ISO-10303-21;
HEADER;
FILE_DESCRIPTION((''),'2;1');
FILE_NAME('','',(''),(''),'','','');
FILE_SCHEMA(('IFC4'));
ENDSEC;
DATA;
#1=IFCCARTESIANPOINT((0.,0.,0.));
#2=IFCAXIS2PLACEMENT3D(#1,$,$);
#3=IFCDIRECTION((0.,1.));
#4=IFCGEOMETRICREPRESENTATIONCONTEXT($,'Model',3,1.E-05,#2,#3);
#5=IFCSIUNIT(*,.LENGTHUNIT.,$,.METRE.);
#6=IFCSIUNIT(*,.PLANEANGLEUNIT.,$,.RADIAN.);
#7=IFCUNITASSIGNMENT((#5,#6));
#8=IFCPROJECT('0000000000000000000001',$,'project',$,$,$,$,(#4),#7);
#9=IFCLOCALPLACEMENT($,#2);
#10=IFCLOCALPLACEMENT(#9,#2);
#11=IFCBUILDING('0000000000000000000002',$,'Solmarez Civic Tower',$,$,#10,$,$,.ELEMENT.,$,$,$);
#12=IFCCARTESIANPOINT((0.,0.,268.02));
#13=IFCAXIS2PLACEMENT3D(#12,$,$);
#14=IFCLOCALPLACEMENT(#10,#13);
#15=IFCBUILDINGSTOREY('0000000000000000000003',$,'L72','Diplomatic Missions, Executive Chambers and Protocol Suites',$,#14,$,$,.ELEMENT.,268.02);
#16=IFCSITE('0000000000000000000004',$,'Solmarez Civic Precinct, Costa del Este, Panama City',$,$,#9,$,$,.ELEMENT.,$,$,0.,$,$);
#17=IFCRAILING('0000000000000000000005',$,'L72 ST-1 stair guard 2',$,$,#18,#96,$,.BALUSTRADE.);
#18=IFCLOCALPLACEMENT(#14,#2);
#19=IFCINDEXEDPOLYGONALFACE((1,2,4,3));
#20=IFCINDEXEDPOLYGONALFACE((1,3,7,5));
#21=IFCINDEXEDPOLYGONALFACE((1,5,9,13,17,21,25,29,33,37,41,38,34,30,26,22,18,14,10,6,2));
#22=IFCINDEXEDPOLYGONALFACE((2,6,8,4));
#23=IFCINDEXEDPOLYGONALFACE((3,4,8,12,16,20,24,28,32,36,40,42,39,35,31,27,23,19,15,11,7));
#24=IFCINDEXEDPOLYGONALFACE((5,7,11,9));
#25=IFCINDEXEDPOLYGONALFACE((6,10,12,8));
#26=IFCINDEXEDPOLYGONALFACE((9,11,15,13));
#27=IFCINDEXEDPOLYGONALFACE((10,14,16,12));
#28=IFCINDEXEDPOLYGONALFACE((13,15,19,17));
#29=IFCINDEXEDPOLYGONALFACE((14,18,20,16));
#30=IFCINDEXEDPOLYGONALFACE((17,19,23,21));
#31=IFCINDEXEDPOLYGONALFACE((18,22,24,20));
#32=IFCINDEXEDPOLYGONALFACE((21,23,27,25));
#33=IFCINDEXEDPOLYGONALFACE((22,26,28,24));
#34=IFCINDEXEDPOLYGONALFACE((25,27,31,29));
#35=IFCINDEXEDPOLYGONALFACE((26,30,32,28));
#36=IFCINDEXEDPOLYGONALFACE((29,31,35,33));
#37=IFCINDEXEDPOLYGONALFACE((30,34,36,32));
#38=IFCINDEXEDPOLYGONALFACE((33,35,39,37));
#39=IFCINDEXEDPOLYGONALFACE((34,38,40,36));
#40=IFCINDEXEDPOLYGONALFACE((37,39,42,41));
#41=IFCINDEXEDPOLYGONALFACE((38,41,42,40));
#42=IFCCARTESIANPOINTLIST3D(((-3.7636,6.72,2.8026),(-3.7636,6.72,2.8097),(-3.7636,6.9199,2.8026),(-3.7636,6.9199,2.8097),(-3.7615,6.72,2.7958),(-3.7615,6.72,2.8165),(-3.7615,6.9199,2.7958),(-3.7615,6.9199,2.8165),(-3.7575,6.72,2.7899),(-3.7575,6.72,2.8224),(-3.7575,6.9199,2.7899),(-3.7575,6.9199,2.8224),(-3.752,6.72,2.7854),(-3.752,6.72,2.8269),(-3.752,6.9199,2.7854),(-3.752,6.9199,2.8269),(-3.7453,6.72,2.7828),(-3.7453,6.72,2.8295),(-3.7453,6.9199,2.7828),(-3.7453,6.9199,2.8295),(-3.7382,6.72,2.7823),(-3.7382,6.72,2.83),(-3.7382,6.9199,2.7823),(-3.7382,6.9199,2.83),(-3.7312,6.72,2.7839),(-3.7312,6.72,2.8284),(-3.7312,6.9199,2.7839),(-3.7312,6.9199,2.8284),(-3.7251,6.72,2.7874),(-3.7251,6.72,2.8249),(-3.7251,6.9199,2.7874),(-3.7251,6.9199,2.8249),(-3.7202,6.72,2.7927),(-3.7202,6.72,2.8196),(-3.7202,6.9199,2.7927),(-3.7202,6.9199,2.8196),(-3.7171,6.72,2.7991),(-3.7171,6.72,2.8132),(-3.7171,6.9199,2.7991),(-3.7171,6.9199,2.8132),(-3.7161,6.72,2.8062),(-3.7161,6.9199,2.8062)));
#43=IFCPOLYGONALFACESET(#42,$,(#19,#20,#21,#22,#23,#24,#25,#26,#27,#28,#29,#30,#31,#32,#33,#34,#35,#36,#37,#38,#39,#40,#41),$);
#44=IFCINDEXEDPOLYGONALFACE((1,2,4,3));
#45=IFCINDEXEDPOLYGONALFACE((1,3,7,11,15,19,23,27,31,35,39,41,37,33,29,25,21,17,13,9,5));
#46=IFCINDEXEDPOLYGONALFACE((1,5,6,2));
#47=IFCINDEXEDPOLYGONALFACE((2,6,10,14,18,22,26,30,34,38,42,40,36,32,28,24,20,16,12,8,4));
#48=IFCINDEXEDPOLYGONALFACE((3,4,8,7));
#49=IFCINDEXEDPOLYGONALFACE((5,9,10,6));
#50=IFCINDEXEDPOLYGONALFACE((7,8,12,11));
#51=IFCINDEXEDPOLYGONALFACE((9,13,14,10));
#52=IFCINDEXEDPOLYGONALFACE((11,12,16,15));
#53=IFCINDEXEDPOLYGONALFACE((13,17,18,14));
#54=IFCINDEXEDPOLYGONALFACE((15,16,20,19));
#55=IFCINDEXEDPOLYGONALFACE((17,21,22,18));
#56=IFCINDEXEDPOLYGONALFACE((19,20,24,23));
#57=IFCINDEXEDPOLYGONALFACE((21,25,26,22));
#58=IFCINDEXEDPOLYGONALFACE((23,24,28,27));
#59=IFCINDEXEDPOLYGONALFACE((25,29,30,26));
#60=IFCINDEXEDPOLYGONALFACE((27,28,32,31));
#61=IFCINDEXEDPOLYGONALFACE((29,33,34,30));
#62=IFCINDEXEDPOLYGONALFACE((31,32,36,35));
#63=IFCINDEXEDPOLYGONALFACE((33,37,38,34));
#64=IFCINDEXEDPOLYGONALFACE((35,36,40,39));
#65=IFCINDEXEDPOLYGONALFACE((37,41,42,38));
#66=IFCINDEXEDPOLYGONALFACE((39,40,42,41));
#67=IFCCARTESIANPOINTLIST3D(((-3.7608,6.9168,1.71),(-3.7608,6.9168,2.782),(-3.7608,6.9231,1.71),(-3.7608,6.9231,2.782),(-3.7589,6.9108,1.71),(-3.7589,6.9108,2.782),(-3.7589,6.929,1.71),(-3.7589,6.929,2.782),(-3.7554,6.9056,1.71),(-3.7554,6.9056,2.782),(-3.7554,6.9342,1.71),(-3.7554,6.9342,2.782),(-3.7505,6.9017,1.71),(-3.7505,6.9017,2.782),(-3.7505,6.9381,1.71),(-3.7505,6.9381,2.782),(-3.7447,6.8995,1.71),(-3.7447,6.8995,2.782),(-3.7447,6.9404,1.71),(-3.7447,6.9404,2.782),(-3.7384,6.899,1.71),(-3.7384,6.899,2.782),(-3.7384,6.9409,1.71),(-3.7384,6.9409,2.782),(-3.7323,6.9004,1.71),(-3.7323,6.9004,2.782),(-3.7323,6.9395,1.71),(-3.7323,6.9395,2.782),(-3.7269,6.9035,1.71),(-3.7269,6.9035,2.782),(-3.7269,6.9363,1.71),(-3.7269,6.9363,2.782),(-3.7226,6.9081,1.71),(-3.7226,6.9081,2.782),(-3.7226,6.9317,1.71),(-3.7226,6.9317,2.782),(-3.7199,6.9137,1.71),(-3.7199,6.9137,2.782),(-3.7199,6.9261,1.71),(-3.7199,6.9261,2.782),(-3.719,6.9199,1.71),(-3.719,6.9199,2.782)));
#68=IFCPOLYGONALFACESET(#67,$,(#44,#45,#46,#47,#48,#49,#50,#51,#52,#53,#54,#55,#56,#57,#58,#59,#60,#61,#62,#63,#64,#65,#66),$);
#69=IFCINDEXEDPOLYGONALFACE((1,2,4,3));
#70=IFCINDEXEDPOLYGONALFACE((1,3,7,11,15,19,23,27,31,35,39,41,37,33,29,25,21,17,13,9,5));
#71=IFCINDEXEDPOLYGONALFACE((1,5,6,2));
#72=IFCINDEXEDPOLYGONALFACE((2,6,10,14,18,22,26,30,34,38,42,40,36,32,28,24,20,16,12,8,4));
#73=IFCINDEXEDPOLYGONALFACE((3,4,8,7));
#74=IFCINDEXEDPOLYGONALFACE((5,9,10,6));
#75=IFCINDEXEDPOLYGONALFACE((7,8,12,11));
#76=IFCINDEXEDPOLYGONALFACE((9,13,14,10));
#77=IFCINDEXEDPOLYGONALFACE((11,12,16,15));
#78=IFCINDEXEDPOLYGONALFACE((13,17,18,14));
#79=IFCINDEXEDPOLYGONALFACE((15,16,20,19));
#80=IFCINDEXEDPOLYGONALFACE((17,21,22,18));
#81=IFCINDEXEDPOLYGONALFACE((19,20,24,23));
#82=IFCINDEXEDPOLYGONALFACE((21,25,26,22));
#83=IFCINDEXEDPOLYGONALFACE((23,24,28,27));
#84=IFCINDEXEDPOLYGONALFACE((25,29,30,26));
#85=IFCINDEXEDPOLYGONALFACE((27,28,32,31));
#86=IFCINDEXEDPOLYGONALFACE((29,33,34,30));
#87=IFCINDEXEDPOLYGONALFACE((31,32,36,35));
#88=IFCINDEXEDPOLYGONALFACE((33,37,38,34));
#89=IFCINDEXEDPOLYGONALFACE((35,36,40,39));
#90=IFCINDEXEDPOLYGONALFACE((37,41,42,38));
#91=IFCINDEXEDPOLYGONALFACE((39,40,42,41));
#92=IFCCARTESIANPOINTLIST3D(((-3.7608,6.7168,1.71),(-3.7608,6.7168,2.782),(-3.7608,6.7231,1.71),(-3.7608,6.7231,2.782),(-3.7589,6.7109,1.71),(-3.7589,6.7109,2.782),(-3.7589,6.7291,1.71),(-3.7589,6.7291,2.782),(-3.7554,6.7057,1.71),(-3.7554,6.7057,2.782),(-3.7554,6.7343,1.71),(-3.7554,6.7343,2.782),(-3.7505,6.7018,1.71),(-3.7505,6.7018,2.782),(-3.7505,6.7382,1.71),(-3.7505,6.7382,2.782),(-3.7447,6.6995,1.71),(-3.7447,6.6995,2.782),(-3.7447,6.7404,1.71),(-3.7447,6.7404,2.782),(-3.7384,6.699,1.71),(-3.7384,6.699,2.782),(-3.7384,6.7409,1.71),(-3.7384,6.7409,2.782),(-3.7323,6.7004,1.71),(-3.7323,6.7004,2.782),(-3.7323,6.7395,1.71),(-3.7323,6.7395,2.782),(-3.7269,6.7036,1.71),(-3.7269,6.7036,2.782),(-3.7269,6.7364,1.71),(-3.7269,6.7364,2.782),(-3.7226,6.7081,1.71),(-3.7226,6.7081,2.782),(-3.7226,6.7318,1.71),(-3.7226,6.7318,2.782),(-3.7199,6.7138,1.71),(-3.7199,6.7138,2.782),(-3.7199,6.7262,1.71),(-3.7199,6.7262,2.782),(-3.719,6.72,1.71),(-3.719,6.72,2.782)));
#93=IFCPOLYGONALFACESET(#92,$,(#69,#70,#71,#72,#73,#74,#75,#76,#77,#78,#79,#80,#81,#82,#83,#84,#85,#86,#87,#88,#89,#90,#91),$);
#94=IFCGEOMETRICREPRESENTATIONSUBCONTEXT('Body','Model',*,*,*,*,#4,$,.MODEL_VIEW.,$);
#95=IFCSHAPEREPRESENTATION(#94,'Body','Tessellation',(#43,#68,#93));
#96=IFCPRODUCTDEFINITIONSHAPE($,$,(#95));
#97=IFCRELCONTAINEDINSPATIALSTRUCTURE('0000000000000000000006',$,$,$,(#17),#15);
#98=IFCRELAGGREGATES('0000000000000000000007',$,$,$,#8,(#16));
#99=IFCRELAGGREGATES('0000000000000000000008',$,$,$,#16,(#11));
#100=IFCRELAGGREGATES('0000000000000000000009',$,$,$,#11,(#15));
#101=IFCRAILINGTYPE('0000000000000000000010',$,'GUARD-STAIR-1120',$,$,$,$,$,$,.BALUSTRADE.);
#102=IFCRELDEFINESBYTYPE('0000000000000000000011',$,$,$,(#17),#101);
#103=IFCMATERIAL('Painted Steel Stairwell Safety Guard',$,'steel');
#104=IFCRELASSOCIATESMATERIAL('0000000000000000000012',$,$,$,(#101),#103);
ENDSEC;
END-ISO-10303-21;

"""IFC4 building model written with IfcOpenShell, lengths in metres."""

from ifc_helpers import new_model, si_unit, direction, frame, origin, origin_2d, place, context, subcontext, project, spatial, circle, extrude, material, type_object, element, save


model = new_model("IFC4")

# Units and contexts
model_context = context("Model", 3, precision=1e-05, world=origin(), true_north=direction((0.0, 1.0)))
body_context = subcontext(model_context, "Body", "Model", "MODEL_VIEW")
ifc_project = project(units=[si_unit("LENGTHUNIT", "METRE"), si_unit("PLANEANGLEUNIT", "RADIAN")], contexts=[model_context])

# Site, building, storey
site_placement = place(None, origin())
site = spatial("IfcSite", under=ifc_project, at=site_placement, Name="Solmarez Civic Precinct, Costa del Este, Panama City", CompositionType="ELEMENT", RefElevation=0.0)
building_placement = place(site_placement, origin())
building = spatial("IfcBuilding", under=site, at=building_placement, Name="Solmarez Civic Tower", CompositionType="ELEMENT")
storey_placement = place(building_placement, frame((0.0, 0.0, 268.02)))
storey = spatial("IfcBuildingStorey", under=building, at=storey_placement, Name="L72", Description="Diplomatic Missions, Executive Chambers and Protocol Suites", CompositionType="ELEMENT", Elevation=268.02)

# Railing
ifc_material_1 = material(Name="Painted Steel Stairwell Safety Guard", Category="steel")
railing_type_1 = type_object("IfcRailingType", Name="GUARD-STAIR-1120", PredefinedType="BALUSTRADE", material=ifc_material_1)
railing_1_placement = place(storey_placement, frame((-3.74, 6.9199, 1.71)))
element("IfcRailing", 1, at=railing_1_placement, inside=storey, type_object=railing_type_1, Name="L72 ST-1 stair guard 2", PredefinedType="BALUSTRADE", context=body_context, shape_type="SweptSolid", body=[
    extrude(circle(Radius=0.0239, at=origin_2d()), frame((0.0, 0.0, 1.0962), z_axis=(0.0, -1.0, 0.0), x_axis=(1.0, 0.0, 0.0)), (0.0, 0.0, 1.0), 0.2),
    extrude(circle(Radius=0.021, at=origin_2d()), origin(), (0.0, 0.0, 1.0), 1.072),
    extrude(circle(Radius=0.021, at=origin_2d()), frame((0.0, -0.2, 0.0)), (0.0, 0.0, 1.0), 1.072),
])

save(model, "model.ifc")
